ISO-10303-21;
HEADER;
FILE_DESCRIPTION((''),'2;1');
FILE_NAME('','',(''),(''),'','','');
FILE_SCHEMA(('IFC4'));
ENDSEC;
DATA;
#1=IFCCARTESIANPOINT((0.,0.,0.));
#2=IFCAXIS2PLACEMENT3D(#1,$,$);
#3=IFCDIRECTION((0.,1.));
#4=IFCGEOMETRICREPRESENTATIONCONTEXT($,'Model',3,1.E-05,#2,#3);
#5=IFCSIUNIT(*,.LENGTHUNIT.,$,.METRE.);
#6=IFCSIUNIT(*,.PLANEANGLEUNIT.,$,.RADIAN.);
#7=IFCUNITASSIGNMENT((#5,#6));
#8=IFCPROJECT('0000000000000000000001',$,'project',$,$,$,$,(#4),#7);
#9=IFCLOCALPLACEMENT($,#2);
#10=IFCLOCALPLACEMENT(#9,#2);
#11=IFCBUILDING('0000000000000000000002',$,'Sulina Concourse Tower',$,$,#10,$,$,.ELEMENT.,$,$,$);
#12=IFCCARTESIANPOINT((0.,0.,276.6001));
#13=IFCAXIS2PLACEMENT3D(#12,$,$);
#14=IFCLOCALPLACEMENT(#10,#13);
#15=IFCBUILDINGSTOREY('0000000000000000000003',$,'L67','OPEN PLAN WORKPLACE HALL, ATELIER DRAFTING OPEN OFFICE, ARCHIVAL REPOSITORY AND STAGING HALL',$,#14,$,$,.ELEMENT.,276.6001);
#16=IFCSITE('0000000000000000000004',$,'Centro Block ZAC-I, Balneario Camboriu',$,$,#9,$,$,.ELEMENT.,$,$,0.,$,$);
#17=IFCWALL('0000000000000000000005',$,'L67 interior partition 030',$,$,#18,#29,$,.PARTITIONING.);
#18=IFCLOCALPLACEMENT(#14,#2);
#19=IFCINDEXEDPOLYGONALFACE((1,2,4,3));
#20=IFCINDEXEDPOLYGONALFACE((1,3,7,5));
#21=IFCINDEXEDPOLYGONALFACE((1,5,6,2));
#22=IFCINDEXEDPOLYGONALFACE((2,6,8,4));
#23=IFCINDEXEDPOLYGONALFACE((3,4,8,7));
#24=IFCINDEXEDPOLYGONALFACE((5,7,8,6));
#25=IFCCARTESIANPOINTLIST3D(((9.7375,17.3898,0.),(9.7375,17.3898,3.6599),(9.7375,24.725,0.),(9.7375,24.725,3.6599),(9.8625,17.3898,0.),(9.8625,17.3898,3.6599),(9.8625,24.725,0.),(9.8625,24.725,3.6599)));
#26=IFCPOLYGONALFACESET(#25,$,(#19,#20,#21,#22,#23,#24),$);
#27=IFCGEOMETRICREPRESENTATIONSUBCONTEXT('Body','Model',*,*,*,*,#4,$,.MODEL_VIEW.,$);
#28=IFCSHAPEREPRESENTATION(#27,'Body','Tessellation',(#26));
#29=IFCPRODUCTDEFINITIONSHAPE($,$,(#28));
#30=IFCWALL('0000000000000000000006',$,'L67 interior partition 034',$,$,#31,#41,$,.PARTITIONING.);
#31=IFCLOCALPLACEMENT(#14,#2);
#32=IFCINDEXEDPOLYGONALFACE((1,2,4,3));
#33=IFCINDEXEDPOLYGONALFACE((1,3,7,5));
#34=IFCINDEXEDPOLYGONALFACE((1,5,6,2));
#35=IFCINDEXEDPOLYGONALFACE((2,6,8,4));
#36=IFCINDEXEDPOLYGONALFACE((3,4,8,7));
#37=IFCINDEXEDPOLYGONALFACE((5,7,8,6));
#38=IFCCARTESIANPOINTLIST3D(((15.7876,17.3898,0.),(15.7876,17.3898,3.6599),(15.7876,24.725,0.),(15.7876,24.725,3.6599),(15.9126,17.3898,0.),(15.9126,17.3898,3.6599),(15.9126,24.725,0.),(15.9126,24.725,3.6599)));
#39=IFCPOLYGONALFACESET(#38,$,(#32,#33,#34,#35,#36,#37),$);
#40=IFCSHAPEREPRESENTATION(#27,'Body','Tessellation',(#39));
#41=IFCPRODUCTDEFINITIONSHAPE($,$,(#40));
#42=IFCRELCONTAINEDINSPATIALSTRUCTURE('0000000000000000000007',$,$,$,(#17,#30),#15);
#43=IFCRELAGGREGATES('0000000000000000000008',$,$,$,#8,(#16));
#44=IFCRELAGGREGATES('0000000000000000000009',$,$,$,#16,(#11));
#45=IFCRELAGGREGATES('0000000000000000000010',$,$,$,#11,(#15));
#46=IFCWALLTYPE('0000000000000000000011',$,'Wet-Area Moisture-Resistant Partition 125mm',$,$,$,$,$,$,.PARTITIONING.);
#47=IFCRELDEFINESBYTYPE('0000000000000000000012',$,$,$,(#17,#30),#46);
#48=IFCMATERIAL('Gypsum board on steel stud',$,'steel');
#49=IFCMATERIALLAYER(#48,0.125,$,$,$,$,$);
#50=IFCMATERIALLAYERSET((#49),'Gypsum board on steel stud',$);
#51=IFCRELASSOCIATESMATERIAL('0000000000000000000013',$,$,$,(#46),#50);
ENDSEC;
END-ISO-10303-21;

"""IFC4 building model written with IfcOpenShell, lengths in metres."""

from ifc_helpers import new_model, si_unit, direction, frame, frame_2d, origin, place, context, subcontext, project, spatial, rectangle, extrude, material, layer, layer_set, type_object, element, save


model = new_model("IFC4")

# Units and contexts
model_context = context("Model", 3, precision=1e-05, world=origin(), true_north=direction((0.0, 1.0)))
body_context = subcontext(model_context, "Body", "Model", "MODEL_VIEW")
ifc_project = project(units=[si_unit("LENGTHUNIT", "METRE"), si_unit("PLANEANGLEUNIT", "RADIAN")], contexts=[model_context])

# Site, building, storey
site_placement = place(None, origin())
site = spatial("IfcSite", under=ifc_project, at=site_placement, Name="Centro Block ZAC-I, Balneario Camboriu", CompositionType="ELEMENT", RefElevation=0.0)
building_placement = place(site_placement, origin())
building = spatial("IfcBuilding", under=site, at=building_placement, Name="Sulina Concourse Tower", CompositionType="ELEMENT")
storey_placement = place(building_placement, frame((0.0, 0.0, 276.6001)))
storey = spatial("IfcBuildingStorey", under=building, at=storey_placement, Name="L67", Description="OPEN PLAN WORKPLACE HALL, ATELIER DRAFTING OPEN OFFICE, ARCHIVAL REPOSITORY AND STAGING HALL", CompositionType="ELEMENT", Elevation=276.6001)

# Shared definitions
ifc_material_1 = material(Name="Gypsum board on steel stud", Category="steel")
ifc_layer_1 = layer(ifc_material_1, 0.125)
ifc_layer_set_1 = layer_set([ifc_layer_1], Name="Gypsum board on steel stud")
wall_type_1 = type_object("IfcWallType", Name="Wet-Area Moisture-Resistant Partition 125mm", PredefinedType="PARTITIONING", material=ifc_layer_set_1)

# Walls
for number, where, z_axis, x_axis, name in (
    (1, (9.8, 17.3899, 0.0), (0.0, 0.0, 1.0), (0.0, 1.0, 0.0), "L67 interior partition 030"),
    (2, (15.8501, 17.3899, 0.0), (0.0, 0.0, 1.0), (0.0, 1.0, 0.0), "L67 interior partition 034"),
):
    element("IfcWall", number, at=place(storey_placement, frame(where, z_axis=z_axis, x_axis=x_axis)), inside=storey, type_object=wall_type_1, Name=name, PredefinedType="PARTITIONING", context=body_context, shape_type="SweptSolid", body=[
        extrude(rectangle(XDim=7.3352, YDim=0.125, at=frame_2d((3.6675, 0.0))), origin(), (0.0, 0.0, 1.0), 3.6599),
    ])

save(model, "model.ifc")
